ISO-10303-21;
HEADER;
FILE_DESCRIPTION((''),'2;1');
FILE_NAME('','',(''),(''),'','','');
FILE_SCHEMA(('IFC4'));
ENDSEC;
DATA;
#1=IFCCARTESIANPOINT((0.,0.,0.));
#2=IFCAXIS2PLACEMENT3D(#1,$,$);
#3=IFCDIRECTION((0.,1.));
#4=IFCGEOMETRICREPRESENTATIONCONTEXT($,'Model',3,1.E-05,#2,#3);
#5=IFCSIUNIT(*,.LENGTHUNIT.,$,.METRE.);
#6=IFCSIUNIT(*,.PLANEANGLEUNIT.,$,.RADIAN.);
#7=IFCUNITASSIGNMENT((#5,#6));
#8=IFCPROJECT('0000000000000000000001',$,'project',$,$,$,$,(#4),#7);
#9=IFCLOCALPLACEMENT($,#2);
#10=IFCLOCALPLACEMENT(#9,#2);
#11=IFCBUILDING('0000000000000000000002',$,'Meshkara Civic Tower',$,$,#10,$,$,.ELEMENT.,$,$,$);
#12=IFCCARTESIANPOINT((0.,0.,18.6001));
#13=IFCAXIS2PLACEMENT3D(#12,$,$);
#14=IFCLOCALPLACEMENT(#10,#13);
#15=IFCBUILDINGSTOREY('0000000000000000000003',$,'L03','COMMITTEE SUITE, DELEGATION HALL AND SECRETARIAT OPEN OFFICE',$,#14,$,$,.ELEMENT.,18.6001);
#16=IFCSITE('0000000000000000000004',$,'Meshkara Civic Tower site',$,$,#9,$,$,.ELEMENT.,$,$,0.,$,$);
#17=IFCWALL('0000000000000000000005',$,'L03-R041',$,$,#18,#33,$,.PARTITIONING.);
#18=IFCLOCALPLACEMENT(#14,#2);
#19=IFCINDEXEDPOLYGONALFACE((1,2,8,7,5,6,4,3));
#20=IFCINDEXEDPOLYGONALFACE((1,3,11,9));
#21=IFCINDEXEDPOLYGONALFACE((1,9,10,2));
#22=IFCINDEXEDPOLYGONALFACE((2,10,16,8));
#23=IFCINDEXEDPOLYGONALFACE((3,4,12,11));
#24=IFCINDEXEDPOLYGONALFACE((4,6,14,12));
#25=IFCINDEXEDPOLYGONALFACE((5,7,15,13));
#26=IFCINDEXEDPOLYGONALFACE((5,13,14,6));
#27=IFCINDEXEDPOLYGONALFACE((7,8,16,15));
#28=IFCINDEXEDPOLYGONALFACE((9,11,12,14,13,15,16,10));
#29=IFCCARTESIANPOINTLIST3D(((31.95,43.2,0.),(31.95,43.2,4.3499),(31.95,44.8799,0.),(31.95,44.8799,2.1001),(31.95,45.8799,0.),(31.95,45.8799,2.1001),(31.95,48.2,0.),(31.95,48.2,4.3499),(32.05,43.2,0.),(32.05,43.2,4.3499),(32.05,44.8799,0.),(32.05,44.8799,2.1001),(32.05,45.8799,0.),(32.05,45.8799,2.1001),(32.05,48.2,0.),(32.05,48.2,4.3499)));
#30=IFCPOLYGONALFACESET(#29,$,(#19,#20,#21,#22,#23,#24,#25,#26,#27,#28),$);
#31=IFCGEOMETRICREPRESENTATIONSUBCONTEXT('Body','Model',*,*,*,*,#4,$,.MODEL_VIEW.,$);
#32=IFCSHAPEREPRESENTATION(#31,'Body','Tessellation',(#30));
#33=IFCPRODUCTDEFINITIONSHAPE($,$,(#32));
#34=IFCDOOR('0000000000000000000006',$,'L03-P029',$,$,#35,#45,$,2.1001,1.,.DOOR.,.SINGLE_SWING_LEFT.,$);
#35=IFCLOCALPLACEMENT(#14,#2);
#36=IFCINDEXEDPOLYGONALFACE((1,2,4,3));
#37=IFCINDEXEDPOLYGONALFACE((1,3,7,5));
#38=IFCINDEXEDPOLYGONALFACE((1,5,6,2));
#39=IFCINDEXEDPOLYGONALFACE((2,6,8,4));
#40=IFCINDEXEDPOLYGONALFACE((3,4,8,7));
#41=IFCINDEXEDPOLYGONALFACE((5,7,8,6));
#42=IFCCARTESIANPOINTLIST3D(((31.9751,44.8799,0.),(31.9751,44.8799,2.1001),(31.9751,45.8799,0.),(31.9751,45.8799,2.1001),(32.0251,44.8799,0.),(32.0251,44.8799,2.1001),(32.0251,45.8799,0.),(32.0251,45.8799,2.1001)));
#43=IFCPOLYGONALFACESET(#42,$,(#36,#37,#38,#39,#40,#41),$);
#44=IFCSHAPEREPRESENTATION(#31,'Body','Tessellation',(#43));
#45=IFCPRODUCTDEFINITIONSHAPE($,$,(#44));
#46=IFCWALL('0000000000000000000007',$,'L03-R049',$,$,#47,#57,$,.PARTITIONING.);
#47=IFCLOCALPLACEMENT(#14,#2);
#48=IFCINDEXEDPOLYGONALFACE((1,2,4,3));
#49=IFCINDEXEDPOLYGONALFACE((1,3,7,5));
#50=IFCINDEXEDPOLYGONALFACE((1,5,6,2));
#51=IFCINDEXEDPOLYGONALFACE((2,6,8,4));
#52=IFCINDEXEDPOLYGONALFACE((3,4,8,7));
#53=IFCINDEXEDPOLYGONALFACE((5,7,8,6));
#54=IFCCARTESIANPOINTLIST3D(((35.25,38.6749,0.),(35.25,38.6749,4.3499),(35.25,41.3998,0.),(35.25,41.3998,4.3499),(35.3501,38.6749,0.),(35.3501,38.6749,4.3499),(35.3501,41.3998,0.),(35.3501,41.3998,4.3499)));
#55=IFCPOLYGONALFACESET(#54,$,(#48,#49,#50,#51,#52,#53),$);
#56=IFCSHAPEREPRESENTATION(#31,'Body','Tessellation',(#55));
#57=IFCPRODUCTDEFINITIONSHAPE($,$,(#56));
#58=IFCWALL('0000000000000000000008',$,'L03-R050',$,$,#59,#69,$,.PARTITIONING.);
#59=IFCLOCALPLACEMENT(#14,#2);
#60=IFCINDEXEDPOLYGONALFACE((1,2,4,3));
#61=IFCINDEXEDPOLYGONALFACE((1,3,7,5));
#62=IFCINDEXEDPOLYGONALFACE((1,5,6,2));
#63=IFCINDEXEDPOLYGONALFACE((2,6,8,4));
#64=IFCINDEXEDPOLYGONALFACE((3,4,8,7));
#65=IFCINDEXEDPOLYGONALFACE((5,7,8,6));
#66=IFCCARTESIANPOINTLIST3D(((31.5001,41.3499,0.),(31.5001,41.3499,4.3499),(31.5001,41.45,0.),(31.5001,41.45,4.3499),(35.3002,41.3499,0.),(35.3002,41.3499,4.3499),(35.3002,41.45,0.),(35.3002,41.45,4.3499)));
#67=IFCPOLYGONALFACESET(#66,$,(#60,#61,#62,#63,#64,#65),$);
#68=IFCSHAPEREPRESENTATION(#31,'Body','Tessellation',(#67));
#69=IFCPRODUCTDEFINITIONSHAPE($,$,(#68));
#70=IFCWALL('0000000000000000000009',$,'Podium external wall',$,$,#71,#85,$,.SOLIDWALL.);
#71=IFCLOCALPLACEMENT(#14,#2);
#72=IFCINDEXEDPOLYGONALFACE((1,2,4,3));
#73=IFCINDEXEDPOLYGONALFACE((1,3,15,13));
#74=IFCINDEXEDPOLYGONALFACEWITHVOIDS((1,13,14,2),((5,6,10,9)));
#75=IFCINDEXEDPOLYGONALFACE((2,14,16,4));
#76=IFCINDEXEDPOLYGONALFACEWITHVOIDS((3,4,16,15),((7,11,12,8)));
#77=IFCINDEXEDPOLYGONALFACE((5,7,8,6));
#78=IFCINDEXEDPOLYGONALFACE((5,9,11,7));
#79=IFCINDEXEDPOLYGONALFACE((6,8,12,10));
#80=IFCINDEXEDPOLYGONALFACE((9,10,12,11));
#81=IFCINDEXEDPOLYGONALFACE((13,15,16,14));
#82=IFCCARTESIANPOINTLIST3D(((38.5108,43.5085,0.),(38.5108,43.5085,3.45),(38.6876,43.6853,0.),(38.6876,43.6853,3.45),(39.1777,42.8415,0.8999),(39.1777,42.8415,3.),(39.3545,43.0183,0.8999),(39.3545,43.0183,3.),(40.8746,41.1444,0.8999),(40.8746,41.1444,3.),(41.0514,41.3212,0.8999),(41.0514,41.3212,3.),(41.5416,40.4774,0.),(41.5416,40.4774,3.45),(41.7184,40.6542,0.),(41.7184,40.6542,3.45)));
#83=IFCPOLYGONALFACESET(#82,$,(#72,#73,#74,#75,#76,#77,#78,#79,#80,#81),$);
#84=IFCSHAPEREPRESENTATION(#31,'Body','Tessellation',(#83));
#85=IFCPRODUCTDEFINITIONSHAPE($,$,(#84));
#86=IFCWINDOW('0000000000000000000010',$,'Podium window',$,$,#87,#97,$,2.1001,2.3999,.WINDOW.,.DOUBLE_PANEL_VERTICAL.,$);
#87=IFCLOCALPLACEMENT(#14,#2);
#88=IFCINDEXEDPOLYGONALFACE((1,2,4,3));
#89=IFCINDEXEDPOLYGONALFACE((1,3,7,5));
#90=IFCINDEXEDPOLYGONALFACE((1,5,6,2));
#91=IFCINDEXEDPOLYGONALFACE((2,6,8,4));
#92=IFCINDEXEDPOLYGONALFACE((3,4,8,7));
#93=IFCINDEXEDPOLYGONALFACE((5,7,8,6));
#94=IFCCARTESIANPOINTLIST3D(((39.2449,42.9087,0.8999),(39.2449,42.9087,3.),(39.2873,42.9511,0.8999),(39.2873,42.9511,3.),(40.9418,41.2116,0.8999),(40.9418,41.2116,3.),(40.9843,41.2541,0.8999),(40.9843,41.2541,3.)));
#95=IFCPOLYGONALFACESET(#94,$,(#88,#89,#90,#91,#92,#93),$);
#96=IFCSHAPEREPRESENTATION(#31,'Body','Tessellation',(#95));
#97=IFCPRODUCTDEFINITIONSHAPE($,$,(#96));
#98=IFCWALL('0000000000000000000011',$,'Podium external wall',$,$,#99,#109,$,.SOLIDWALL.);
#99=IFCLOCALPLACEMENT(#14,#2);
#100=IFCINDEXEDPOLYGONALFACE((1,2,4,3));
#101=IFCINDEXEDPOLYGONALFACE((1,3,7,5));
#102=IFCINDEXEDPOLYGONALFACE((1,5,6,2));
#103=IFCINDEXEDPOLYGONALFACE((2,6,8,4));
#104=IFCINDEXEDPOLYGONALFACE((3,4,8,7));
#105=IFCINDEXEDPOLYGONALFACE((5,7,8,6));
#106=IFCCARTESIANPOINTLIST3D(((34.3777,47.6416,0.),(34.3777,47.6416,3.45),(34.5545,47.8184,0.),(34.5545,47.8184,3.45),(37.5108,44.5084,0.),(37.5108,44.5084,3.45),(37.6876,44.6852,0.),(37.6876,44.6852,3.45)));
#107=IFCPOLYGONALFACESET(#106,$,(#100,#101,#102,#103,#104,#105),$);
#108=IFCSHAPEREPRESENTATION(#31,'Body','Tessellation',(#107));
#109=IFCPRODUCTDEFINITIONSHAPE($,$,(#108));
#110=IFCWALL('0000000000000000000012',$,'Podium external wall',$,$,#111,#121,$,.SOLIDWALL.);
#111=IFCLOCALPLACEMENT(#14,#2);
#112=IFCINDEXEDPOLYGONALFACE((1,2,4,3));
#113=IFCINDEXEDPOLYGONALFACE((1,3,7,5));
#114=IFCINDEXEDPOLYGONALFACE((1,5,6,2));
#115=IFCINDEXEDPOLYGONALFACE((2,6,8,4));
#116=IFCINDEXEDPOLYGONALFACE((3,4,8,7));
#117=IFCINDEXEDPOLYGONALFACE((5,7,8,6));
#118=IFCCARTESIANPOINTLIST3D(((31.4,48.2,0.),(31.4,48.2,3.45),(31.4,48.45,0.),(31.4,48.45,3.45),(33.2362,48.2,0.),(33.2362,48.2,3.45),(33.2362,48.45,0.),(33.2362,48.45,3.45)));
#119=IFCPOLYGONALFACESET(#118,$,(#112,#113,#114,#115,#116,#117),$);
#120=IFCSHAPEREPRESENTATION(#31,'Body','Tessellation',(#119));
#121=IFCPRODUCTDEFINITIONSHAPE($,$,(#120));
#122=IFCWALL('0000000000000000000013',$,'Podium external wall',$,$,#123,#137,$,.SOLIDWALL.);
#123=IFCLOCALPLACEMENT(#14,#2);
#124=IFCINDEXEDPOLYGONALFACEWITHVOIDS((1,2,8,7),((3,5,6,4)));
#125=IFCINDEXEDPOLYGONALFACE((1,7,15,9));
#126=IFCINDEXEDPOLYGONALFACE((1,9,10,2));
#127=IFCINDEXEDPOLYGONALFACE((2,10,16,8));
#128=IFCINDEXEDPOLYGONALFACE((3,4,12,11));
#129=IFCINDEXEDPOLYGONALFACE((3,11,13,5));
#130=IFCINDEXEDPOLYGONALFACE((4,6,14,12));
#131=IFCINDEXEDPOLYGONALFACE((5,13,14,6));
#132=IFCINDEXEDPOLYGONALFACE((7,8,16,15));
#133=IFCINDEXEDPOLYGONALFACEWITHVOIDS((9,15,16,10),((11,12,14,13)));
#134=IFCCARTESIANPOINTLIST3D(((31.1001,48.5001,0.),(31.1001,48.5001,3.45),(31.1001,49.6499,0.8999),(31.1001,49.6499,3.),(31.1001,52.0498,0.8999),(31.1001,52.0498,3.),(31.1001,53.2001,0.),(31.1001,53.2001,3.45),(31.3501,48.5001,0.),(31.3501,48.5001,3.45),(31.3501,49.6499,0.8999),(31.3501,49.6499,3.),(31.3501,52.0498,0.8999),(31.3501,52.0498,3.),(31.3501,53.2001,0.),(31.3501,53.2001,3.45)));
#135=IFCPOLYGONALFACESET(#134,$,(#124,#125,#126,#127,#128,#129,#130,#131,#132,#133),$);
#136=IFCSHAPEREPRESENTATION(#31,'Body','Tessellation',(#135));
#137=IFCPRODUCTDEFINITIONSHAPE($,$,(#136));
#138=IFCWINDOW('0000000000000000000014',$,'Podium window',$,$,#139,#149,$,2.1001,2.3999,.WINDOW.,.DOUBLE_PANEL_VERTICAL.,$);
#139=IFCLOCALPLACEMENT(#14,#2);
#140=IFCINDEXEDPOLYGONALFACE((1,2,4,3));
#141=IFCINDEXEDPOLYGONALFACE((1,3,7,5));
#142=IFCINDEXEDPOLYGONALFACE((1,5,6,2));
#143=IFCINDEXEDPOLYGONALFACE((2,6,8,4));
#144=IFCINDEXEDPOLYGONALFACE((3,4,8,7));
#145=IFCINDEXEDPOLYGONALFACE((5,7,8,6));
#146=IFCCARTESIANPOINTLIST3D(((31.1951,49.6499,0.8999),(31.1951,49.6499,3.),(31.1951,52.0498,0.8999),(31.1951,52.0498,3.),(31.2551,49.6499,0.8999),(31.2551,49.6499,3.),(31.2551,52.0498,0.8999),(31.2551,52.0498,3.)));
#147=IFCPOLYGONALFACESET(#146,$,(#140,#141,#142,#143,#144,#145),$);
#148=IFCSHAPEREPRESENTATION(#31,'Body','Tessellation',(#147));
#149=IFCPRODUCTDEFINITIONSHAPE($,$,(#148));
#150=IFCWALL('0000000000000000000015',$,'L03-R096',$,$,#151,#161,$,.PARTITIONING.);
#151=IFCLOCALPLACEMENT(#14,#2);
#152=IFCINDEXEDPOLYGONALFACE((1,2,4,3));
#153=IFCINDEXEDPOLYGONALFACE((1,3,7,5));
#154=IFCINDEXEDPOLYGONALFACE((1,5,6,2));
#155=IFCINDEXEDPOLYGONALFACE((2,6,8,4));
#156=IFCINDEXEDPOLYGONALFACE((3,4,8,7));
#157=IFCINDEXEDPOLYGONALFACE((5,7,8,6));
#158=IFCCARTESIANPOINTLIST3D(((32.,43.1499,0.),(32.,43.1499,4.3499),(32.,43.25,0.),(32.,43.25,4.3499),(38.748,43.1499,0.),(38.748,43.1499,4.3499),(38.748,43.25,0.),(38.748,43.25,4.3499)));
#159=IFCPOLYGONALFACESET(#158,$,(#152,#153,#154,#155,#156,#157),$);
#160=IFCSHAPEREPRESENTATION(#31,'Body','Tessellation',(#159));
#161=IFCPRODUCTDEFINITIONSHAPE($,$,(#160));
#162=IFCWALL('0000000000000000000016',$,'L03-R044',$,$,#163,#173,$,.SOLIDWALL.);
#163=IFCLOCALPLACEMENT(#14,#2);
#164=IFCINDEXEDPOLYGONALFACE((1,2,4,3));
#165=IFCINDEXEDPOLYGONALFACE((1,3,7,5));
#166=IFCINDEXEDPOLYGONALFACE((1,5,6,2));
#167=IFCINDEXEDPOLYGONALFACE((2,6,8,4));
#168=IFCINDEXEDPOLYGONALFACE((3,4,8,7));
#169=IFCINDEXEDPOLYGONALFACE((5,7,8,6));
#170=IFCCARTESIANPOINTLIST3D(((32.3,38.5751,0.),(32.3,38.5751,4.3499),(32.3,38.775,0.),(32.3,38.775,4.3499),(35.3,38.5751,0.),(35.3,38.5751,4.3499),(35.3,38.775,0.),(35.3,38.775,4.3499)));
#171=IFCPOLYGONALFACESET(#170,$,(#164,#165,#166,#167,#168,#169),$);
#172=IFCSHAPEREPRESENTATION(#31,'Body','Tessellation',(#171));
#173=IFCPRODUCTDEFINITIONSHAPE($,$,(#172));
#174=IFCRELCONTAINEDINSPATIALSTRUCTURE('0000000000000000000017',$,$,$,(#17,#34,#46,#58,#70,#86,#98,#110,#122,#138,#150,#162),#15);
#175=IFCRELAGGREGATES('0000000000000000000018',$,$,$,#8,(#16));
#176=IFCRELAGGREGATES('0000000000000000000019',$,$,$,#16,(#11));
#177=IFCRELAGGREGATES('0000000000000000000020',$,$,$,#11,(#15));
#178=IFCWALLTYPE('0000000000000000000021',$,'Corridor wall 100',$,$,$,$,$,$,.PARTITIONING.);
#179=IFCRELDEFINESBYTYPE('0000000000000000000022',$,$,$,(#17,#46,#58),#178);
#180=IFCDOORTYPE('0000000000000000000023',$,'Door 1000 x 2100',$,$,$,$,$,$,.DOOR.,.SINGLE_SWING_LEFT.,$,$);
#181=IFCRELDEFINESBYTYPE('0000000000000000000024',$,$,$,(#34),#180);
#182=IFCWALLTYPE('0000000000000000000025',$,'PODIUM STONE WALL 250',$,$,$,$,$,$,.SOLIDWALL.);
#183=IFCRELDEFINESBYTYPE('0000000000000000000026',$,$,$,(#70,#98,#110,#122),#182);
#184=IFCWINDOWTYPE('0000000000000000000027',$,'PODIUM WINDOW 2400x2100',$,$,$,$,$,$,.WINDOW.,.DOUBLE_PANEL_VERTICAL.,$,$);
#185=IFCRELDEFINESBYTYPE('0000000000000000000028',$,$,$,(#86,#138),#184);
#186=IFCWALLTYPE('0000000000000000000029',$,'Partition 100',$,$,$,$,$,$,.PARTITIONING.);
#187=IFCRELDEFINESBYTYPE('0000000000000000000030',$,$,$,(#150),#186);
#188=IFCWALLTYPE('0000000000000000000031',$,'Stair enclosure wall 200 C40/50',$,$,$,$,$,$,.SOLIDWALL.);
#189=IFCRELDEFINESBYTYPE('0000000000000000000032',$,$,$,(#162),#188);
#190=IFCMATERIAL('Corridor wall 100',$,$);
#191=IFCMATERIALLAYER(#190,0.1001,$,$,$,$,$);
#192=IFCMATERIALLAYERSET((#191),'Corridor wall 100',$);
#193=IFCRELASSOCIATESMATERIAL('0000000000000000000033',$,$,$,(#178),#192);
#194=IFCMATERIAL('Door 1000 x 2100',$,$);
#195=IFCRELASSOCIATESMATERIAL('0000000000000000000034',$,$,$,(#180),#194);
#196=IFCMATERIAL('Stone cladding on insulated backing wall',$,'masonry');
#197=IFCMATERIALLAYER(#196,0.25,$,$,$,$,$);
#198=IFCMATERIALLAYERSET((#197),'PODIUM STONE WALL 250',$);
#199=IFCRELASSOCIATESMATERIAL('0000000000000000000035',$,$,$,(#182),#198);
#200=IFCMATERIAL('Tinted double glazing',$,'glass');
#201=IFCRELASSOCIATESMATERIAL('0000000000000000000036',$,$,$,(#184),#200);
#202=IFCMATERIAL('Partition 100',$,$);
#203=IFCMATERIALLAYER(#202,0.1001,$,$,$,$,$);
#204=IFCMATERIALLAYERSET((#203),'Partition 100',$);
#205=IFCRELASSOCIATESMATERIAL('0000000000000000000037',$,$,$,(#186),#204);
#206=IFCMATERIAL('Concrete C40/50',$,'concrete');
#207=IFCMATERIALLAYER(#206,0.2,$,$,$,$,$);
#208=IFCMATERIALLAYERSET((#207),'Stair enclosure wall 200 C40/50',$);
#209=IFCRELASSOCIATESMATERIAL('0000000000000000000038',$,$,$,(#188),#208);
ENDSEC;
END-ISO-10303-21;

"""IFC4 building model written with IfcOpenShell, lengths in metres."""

from ifc_helpers import new_model, si_unit, direction, frame, frame_2d, origin, place, context, subcontext, project, spatial, rectangle, extrude, material, layer, layer_set, type_object, element, fill, save


model = new_model("IFC4")

# Units and contexts
model_context = context("Model", 3, precision=1e-05, world=origin(), true_north=direction((0.0, 1.0)))
body_context = subcontext(model_context, "Body", "Model", "MODEL_VIEW")
ifc_project = project(units=[si_unit("LENGTHUNIT", "METRE"), si_unit("PLANEANGLEUNIT", "RADIAN")], contexts=[model_context])

# Site, building, storey
site_placement = place(None, origin())
site = spatial("IfcSite", under=ifc_project, at=site_placement, Name="Meshkara Civic Tower site", CompositionType="ELEMENT", RefElevation=0.0)
building_placement = place(site_placement, origin())
building = spatial("IfcBuilding", under=site, at=building_placement, Name="Meshkara Civic Tower", CompositionType="ELEMENT")
storey_placement = place(building_placement, frame((0.0, 0.0, 18.6001)))
storey = spatial("IfcBuildingStorey", under=building, at=storey_placement, Name="L03", Description="COMMITTEE SUITE, DELEGATION HALL AND SECRETARIAT OPEN OFFICE", CompositionType="ELEMENT", Elevation=18.6001)

# Shared definitions
ifc_material_1 = material(Name="Corridor wall 100")
ifc_layer_1 = layer(ifc_material_1, 0.1001)
ifc_layer_set_1 = layer_set([ifc_layer_1], Name="Corridor wall 100")
wall_type_1 = type_object("IfcWallType", Name="Corridor wall 100", PredefinedType="PARTITIONING", material=ifc_layer_set_1)
ifc_material_2 = material(Name="Door 1000 x 2100")
door_type = type_object("IfcDoorType", Name="Door 1000 x 2100", OperationType="SINGLE_SWING_LEFT", PredefinedType="DOOR", material=ifc_material_2)

# Wall, opening, door
wall_1_placement = place(storey_placement, frame((32.0, 43.2, 0.0), z_axis=(0.0, 0.0, 1.0), x_axis=(0.0, 1.0, 0.0)))
wall_1 = element("IfcWall", 1, at=wall_1_placement, inside=storey, type_object=wall_type_1, Name="L03-R041", PredefinedType="PARTITIONING", context=body_context, shape_type="SweptSolid", body=[
    extrude(rectangle(XDim=5.0, YDim=0.1001, at=frame_2d((2.5, 0.0))), origin(), (0.0, 0.0, 1.0), 4.3499),
])
opening_1_placement = place(wall_1_placement, frame((1.6799, 0.0, 0.0)))
opening_1 = element("IfcOpeningElement", 2, at=opening_1_placement, cuts=wall_1, PredefinedType="OPENING", context=body_context, shape_type="SweptSolid", body=[
    extrude(rectangle(XDim=1.0, YDim=2.1001, at=frame_2d((0.5, 1.05))), frame((0.0, 0.0601, 0.0), z_axis=(0.0, -1.0, 0.0), x_axis=(1.0, 0.0, 0.0)), (0.0, 0.0, 1.0), 0.1201),
])
door_1_placement = place(opening_1_placement, origin())
door_1 = element("IfcDoor", 3, at=door_1_placement, inside=storey, type_object=door_type, Name="L03-P029", OperationType="SINGLE_SWING_LEFT", OverallHeight=2.1001, OverallWidth=1.0, PredefinedType="DOOR", context=body_context, shape_type="SweptSolid", body=[
    extrude(rectangle(XDim=1.0, YDim=2.1001, at=frame_2d((0.5, 1.05))), frame((0.0, 0.0249, 0.0), z_axis=(0.0, -1.0, 0.0), x_axis=(1.0, 0.0, 0.0)), (0.0, 0.0, 1.0), 0.05),
])
fill(opening_1, door_1)

# Walls
wall_2_placement = place(storey_placement, frame((35.3, 38.675, 0.0), z_axis=(0.0, 0.0, 1.0), x_axis=(0.0, 1.0, 0.0)))
element("IfcWall", 4, at=wall_2_placement, inside=storey, type_object=wall_type_1, Name="L03-R049", PredefinedType="PARTITIONING", context=body_context, shape_type="SweptSolid", body=[
    extrude(rectangle(XDim=2.7249, YDim=0.1001, at=frame_2d((1.3623, 0.0))), origin(), (0.0, 0.0, 1.0), 4.3499),
])
wall_3_placement = place(storey_placement, frame((35.3, 41.3999, 0.0), z_axis=(0.0, 0.0, 1.0), x_axis=(-1.0, 0.0, 0.0)))
element("IfcWall", 5, at=wall_3_placement, inside=storey, type_object=wall_type_1, Name="L03-R050", PredefinedType="PARTITIONING", context=body_context, shape_type="SweptSolid", body=[
    extrude(rectangle(XDim=3.8, YDim=0.1001, at=frame_2d((1.8999, 0.0))), origin(), (0.0, 0.0, 1.0), 4.3499),
])

# Wall, opening, window
ifc_material_3 = material(Name="Stone cladding on insulated backing wall", Category="masonry")
ifc_layer_2 = layer(ifc_material_3, 0.25)
ifc_layer_set_2 = layer_set([ifc_layer_2], Name="PODIUM STONE WALL 250")
wall_type_2 = type_object("IfcWallType", Name="PODIUM STONE WALL 250", PredefinedType="SOLIDWALL", material=ifc_layer_set_2)
wall_4_placement = place(storey_placement, frame((41.6299, 40.5659, 0.0), z_axis=(0.0, 0.0, 1.0), x_axis=(-0.707078, 0.707135, 0.0)))
wall_4 = element("IfcWall", 6, at=wall_4_placement, inside=storey, type_object=wall_type_2, Name="Podium external wall", PredefinedType="SOLIDWALL", context=body_context, shape_type="SweptSolid", body=[
    extrude(rectangle(XDim=4.2864, YDim=0.25, at=frame_2d((2.1431, 0.0))), origin(), (0.0, 0.0, 1.0), 3.45),
])
opening_2_placement = place(wall_4_placement, frame((0.9431, 0.0, 0.8999)))
opening_2 = element("IfcOpeningElement", 7, at=opening_2_placement, cuts=wall_4, PredefinedType="OPENING", context=body_context, shape_type="SweptSolid", body=[
    extrude(rectangle(XDim=2.3999, YDim=2.1001, at=frame_2d((1.2, 1.05))), frame((0.0, 0.135, 0.0), z_axis=(0.0, -1.0, 0.0), x_axis=(1.0, 0.0, 0.0)), (0.0, 0.0, 1.0), 0.27),
])
ifc_material_4 = material(Name="Tinted double glazing", Category="glass")
window_type = type_object("IfcWindowType", Name="PODIUM WINDOW 2400x2100", PartitioningType="DOUBLE_PANEL_VERTICAL", PredefinedType="WINDOW", material=ifc_material_4)
window_1_placement = place(opening_2_placement, origin())
window_1 = element("IfcWindow", 8, at=window_1_placement, inside=storey, type_object=window_type, Name="Podium window", OverallHeight=2.1001, OverallWidth=2.3999, PartitioningType="DOUBLE_PANEL_VERTICAL", PredefinedType="WINDOW", context=body_context, shape_type="SweptSolid", body=[
    extrude(rectangle(XDim=2.3999, YDim=2.1001, at=frame_2d((1.2, 1.05))), frame((0.0, 0.03, 0.0), z_axis=(0.0, -1.0, 0.0), x_axis=(1.0, 0.0, 0.0)), (0.0, 0.0, 1.0), 0.0601),
])
fill(opening_2, window_1)

# Walls
wall_5_placement = place(storey_placement, frame((37.5991, 44.5969, 0.0), z_axis=(0.0, 0.0, 1.0), x_axis=(-0.707107, 0.707107, 0.0)))
element("IfcWall", 9, at=wall_5_placement, inside=storey, type_object=wall_type_2, Name="Podium external wall", PredefinedType="SOLIDWALL", context=body_context, shape_type="SweptSolid", body=[
    extrude(rectangle(XDim=4.4309, YDim=0.25, at=frame_2d((2.2153, 0.0))), origin(), (0.0, 0.0, 1.0), 3.45),
])
wall_6_placement = place(storey_placement, frame((33.2361, 48.325, 0.0), z_axis=(0.0, 0.0, 1.0), x_axis=(-1.0, 0.0, 0.0)))
element("IfcWall", 10, at=wall_6_placement, inside=storey, type_object=wall_type_2, Name="Podium external wall", PredefinedType="SOLIDWALL", context=body_context, shape_type="SweptSolid", body=[
    extrude(rectangle(XDim=1.8362, YDim=0.25, at=frame_2d((0.918, 0.0))), origin(), (0.0, 0.0, 1.0), 3.45),
])

# Wall, opening, window
wall_7_placement = place(storey_placement, frame((31.2251, 48.5, 0.0), z_axis=(0.0, 0.0, 1.0), x_axis=(0.0, 1.0, 0.0)))
wall_7 = element("IfcWall", 11, at=wall_7_placement, inside=storey, type_object=wall_type_2, Name="Podium external wall", PredefinedType="SOLIDWALL", context=body_context, shape_type="SweptSolid", body=[
    extrude(rectangle(XDim=4.7, YDim=0.25, at=frame_2d((2.3501, 0.0))), origin(), (0.0, 0.0, 1.0), 3.45),
])
opening_3_placement = place(wall_7_placement, frame((1.1499, 0.0, 0.8999)))
opening_3 = element("IfcOpeningElement", 12, at=opening_3_placement, cuts=wall_7, PredefinedType="OPENING", context=body_context, shape_type="SweptSolid", body=[
    extrude(rectangle(XDim=2.3999, YDim=2.1001, at=frame_2d((1.2, 1.05))), frame((0.0, 0.135, 0.0), z_axis=(0.0, -1.0, 0.0), x_axis=(1.0, 0.0, 0.0)), (0.0, 0.0, 1.0), 0.27),
])
window_2_placement = place(opening_3_placement, origin())
window_2 = element("IfcWindow", 13, at=window_2_placement, inside=storey, type_object=window_type, Name="Podium window", OverallHeight=2.1001, OverallWidth=2.3999, PartitioningType="DOUBLE_PANEL_VERTICAL", PredefinedType="WINDOW", context=body_context, shape_type="SweptSolid", body=[
    extrude(rectangle(XDim=2.3999, YDim=2.1001, at=frame_2d((1.2, 1.05))), frame((0.0, 0.03, 0.0), z_axis=(0.0, -1.0, 0.0), x_axis=(1.0, 0.0, 0.0)), (0.0, 0.0, 1.0), 0.0601),
])
fill(opening_3, window_2)

# Walls
ifc_material_5 = material(Name="Partition 100")
ifc_layer_3 = layer(ifc_material_5, 0.1001)
ifc_layer_set_3 = layer_set([ifc_layer_3], Name="Partition 100")
wall_type_3 = type_object("IfcWallType", Name="Partition 100", PredefinedType="PARTITIONING", material=ifc_layer_set_3)
wall_8_placement = place(storey_placement, frame((38.748, 43.2, 0.0), z_axis=(0.0, 0.0, 1.0), x_axis=(-1.0, 0.0, 0.0)))
element("IfcWall", 14, at=wall_8_placement, inside=storey, type_object=wall_type_3, Name="L03-R096", PredefinedType="PARTITIONING", context=body_context, shape_type="SweptSolid", body=[
    extrude(rectangle(XDim=6.748, YDim=0.1001, at=frame_2d((3.374, 0.0))), origin(), (0.0, 0.0, 1.0), 4.3499),
])
ifc_material_6 = material(Name="Concrete C40/50", Category="concrete")
ifc_layer_4 = layer(ifc_material_6, 0.2)
ifc_layer_set_4 = layer_set([ifc_layer_4], Name="Stair enclosure wall 200 C40/50")
wall_type_4 = type_object("IfcWallType", Name="Stair enclosure wall 200 C40/50", PredefinedType="SOLIDWALL", material=ifc_layer_set_4)
wall_9_placement = place(storey_placement, frame((32.3, 38.675, 0.0), z_axis=(0.0, 0.0, 1.0), x_axis=(1.0, 0.0, 0.0)))
element("IfcWall", 15, at=wall_9_placement, inside=storey, type_object=wall_type_4, Name="L03-R044", PredefinedType="SOLIDWALL", context=body_context, shape_type="SweptSolid", body=[
    extrude(rectangle(XDim=3.0, YDim=0.2, at=frame_2d((1.5, 0.0))), origin(), (0.0, 0.0, 1.0), 4.3499),
])

save(model, "model.ifc")
